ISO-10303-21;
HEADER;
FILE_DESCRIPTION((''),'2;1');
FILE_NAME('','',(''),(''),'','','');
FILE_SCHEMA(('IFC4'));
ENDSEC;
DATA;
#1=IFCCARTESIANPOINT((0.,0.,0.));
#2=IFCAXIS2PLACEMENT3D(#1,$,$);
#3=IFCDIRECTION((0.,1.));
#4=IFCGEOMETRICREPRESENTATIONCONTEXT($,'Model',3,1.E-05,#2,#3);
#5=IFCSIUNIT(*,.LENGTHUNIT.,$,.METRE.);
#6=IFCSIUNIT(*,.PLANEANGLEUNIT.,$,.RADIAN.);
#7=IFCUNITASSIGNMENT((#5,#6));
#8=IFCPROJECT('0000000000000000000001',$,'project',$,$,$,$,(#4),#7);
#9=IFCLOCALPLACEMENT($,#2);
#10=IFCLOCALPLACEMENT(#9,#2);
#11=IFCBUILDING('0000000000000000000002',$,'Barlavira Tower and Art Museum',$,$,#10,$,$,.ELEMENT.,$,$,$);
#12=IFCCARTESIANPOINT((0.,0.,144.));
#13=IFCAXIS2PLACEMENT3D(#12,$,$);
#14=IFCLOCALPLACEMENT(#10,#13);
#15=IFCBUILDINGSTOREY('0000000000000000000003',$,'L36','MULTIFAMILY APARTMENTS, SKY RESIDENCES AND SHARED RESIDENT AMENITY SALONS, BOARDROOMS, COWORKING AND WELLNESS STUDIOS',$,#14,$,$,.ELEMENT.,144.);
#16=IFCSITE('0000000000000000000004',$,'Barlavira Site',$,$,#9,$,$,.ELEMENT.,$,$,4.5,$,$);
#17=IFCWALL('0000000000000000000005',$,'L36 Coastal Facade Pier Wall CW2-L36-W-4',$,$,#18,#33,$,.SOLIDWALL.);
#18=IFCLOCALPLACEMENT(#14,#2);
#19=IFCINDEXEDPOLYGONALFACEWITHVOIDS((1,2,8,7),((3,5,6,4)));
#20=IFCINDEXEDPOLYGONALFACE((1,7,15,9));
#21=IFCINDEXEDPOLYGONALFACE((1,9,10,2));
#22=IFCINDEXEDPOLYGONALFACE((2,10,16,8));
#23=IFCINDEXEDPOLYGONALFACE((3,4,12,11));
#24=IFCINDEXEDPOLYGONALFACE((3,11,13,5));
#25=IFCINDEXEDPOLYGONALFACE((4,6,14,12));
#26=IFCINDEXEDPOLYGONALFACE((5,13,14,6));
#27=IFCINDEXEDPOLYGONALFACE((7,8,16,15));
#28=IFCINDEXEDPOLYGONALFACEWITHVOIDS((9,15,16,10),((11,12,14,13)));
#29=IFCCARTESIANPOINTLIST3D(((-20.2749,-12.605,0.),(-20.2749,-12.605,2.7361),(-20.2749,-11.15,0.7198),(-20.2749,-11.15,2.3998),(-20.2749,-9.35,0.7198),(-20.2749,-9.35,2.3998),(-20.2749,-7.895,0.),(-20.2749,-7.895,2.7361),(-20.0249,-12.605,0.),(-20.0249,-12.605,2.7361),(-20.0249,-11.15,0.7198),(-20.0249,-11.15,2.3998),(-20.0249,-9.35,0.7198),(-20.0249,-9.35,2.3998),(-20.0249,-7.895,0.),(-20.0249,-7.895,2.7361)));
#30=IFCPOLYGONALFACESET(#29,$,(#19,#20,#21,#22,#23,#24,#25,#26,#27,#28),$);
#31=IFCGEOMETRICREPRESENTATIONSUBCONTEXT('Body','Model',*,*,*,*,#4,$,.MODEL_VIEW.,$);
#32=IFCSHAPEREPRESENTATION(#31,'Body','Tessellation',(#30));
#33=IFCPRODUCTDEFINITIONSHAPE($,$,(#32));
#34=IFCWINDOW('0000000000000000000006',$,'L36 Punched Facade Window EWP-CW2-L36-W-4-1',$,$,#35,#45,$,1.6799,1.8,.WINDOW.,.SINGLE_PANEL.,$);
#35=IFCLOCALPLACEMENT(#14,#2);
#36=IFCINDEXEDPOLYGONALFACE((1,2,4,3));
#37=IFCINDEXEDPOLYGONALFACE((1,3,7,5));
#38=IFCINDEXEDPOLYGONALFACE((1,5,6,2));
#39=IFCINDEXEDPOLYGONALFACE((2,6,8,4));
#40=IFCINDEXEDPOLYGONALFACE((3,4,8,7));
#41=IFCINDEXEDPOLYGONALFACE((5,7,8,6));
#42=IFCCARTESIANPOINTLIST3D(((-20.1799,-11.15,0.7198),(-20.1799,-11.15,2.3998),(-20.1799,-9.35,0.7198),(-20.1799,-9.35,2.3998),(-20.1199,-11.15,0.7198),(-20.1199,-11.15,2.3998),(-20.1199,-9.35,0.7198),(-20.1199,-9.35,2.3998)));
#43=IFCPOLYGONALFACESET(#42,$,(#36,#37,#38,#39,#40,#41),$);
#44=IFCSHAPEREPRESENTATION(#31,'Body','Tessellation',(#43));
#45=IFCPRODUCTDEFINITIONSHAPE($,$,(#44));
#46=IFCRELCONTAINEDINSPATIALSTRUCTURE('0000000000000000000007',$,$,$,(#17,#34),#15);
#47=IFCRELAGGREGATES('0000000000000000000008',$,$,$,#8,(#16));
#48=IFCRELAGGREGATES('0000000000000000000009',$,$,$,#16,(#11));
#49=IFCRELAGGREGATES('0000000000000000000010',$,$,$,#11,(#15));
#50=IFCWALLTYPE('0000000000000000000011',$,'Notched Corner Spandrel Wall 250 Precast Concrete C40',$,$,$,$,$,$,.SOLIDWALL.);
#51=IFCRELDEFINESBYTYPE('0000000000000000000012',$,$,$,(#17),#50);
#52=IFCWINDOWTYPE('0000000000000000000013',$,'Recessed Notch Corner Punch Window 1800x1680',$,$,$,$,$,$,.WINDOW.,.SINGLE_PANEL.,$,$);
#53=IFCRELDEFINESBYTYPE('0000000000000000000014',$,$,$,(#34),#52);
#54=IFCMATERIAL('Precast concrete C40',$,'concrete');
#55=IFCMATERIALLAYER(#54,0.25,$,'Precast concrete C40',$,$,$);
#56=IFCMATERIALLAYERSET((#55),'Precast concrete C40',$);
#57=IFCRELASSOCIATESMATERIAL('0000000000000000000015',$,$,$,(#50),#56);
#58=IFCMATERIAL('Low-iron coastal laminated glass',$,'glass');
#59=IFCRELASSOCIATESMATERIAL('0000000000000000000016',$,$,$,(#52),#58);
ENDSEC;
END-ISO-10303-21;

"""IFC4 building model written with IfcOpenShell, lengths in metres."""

from ifc_helpers import new_model, si_unit, direction, frame, frame_2d, origin, place, context, subcontext, project, spatial, rectangle, extrude, material, layer, layer_set, type_object, element, fill, save


model = new_model("IFC4")

# Units and contexts
model_context = context("Model", 3, precision=1e-05, world=origin(), true_north=direction((0.0, 1.0)))
body_context = subcontext(model_context, "Body", "Model", "MODEL_VIEW")
ifc_project = project(units=[si_unit("LENGTHUNIT", "METRE"), si_unit("PLANEANGLEUNIT", "RADIAN")], contexts=[model_context])

# Site, building, storey
site_placement = place(None, origin())
site = spatial("IfcSite", under=ifc_project, at=site_placement, Name="Barlavira Site", CompositionType="ELEMENT", RefElevation=4.5)
building_placement = place(site_placement, origin())
building = spatial("IfcBuilding", under=site, at=building_placement, Name="Barlavira Tower and Art Museum", CompositionType="ELEMENT")
storey_placement = place(building_placement, frame((0.0, 0.0, 144.0)))
storey = spatial("IfcBuildingStorey", under=building, at=storey_placement, Name="L36", Description="MULTIFAMILY APARTMENTS, SKY RESIDENCES AND SHARED RESIDENT AMENITY SALONS, BOARDROOMS, COWORKING AND WELLNESS STUDIOS", CompositionType="ELEMENT", Elevation=144.0)

# Shared definitions
ifc_material_1 = material(Name="Low-iron coastal laminated glass", Category="glass")

# Wall, opening, window
ifc_material_2 = material(Name="Precast concrete C40", Category="concrete")
ifc_layer_1 = layer(ifc_material_2, 0.25, Name="Precast concrete C40")
ifc_layer_set_1 = layer_set([ifc_layer_1], Name="Precast concrete C40")
wall_type_1 = type_object("IfcWallType", Name="Notched Corner Spandrel Wall 250 Precast Concrete C40", PredefinedType="SOLIDWALL", material=ifc_layer_set_1)
wall_1_placement = place(storey_placement, frame((-20.1499, -7.895, 0.0), z_axis=(0.0, 0.0, 1.0), x_axis=(0.0, -1.0, 0.0)))
wall_1 = element("IfcWall", 1, at=wall_1_placement, inside=storey, type_object=wall_type_1, Name="L36 Coastal Facade Pier Wall CW2-L36-W-4", PredefinedType="SOLIDWALL", context=body_context, shape_type="SweptSolid", body=[
    extrude(rectangle(XDim=4.71, YDim=0.25, at=frame_2d((2.355, 0.0))), origin(), (0.0, 0.0, 1.0), 2.7361),
])
opening_1_placement = place(wall_1_placement, frame((1.4551, 0.0, 0.72)))
opening_1 = element("IfcOpeningElement", 2, at=opening_1_placement, cuts=wall_1, PredefinedType="OPENING", context=body_context, shape_type="SweptSolid", body=[
    extrude(rectangle(XDim=1.8, YDim=1.6799, at=frame_2d((0.8999, 0.8398))), frame((0.0, 0.135, 0.0), z_axis=(0.0, -1.0, 0.0), x_axis=(1.0, 0.0, 0.0)), (0.0, 0.0, 1.0), 0.27),
])
window_type = type_object("IfcWindowType", Name="Recessed Notch Corner Punch Window 1800x1680", PartitioningType="SINGLE_PANEL", PredefinedType="WINDOW", material=ifc_material_1)
window_placement = place(opening_1_placement, origin())
window = element("IfcWindow", 3, at=window_placement, inside=storey, type_object=window_type, Name="L36 Punched Facade Window EWP-CW2-L36-W-4-1", OverallHeight=1.6799, OverallWidth=1.8, PartitioningType="SINGLE_PANEL", PredefinedType="WINDOW", context=body_context, shape_type="SweptSolid", body=[
    extrude(rectangle(XDim=1.8, YDim=1.6799, at=frame_2d((0.8999, 0.8398))), frame((0.0, 0.03, 0.0), z_axis=(0.0, -1.0, 0.0), x_axis=(1.0, 0.0, 0.0)), (0.0, 0.0, 1.0), 0.0601),
])
fill(opening_1, window)

save(model, "model.ifc")
